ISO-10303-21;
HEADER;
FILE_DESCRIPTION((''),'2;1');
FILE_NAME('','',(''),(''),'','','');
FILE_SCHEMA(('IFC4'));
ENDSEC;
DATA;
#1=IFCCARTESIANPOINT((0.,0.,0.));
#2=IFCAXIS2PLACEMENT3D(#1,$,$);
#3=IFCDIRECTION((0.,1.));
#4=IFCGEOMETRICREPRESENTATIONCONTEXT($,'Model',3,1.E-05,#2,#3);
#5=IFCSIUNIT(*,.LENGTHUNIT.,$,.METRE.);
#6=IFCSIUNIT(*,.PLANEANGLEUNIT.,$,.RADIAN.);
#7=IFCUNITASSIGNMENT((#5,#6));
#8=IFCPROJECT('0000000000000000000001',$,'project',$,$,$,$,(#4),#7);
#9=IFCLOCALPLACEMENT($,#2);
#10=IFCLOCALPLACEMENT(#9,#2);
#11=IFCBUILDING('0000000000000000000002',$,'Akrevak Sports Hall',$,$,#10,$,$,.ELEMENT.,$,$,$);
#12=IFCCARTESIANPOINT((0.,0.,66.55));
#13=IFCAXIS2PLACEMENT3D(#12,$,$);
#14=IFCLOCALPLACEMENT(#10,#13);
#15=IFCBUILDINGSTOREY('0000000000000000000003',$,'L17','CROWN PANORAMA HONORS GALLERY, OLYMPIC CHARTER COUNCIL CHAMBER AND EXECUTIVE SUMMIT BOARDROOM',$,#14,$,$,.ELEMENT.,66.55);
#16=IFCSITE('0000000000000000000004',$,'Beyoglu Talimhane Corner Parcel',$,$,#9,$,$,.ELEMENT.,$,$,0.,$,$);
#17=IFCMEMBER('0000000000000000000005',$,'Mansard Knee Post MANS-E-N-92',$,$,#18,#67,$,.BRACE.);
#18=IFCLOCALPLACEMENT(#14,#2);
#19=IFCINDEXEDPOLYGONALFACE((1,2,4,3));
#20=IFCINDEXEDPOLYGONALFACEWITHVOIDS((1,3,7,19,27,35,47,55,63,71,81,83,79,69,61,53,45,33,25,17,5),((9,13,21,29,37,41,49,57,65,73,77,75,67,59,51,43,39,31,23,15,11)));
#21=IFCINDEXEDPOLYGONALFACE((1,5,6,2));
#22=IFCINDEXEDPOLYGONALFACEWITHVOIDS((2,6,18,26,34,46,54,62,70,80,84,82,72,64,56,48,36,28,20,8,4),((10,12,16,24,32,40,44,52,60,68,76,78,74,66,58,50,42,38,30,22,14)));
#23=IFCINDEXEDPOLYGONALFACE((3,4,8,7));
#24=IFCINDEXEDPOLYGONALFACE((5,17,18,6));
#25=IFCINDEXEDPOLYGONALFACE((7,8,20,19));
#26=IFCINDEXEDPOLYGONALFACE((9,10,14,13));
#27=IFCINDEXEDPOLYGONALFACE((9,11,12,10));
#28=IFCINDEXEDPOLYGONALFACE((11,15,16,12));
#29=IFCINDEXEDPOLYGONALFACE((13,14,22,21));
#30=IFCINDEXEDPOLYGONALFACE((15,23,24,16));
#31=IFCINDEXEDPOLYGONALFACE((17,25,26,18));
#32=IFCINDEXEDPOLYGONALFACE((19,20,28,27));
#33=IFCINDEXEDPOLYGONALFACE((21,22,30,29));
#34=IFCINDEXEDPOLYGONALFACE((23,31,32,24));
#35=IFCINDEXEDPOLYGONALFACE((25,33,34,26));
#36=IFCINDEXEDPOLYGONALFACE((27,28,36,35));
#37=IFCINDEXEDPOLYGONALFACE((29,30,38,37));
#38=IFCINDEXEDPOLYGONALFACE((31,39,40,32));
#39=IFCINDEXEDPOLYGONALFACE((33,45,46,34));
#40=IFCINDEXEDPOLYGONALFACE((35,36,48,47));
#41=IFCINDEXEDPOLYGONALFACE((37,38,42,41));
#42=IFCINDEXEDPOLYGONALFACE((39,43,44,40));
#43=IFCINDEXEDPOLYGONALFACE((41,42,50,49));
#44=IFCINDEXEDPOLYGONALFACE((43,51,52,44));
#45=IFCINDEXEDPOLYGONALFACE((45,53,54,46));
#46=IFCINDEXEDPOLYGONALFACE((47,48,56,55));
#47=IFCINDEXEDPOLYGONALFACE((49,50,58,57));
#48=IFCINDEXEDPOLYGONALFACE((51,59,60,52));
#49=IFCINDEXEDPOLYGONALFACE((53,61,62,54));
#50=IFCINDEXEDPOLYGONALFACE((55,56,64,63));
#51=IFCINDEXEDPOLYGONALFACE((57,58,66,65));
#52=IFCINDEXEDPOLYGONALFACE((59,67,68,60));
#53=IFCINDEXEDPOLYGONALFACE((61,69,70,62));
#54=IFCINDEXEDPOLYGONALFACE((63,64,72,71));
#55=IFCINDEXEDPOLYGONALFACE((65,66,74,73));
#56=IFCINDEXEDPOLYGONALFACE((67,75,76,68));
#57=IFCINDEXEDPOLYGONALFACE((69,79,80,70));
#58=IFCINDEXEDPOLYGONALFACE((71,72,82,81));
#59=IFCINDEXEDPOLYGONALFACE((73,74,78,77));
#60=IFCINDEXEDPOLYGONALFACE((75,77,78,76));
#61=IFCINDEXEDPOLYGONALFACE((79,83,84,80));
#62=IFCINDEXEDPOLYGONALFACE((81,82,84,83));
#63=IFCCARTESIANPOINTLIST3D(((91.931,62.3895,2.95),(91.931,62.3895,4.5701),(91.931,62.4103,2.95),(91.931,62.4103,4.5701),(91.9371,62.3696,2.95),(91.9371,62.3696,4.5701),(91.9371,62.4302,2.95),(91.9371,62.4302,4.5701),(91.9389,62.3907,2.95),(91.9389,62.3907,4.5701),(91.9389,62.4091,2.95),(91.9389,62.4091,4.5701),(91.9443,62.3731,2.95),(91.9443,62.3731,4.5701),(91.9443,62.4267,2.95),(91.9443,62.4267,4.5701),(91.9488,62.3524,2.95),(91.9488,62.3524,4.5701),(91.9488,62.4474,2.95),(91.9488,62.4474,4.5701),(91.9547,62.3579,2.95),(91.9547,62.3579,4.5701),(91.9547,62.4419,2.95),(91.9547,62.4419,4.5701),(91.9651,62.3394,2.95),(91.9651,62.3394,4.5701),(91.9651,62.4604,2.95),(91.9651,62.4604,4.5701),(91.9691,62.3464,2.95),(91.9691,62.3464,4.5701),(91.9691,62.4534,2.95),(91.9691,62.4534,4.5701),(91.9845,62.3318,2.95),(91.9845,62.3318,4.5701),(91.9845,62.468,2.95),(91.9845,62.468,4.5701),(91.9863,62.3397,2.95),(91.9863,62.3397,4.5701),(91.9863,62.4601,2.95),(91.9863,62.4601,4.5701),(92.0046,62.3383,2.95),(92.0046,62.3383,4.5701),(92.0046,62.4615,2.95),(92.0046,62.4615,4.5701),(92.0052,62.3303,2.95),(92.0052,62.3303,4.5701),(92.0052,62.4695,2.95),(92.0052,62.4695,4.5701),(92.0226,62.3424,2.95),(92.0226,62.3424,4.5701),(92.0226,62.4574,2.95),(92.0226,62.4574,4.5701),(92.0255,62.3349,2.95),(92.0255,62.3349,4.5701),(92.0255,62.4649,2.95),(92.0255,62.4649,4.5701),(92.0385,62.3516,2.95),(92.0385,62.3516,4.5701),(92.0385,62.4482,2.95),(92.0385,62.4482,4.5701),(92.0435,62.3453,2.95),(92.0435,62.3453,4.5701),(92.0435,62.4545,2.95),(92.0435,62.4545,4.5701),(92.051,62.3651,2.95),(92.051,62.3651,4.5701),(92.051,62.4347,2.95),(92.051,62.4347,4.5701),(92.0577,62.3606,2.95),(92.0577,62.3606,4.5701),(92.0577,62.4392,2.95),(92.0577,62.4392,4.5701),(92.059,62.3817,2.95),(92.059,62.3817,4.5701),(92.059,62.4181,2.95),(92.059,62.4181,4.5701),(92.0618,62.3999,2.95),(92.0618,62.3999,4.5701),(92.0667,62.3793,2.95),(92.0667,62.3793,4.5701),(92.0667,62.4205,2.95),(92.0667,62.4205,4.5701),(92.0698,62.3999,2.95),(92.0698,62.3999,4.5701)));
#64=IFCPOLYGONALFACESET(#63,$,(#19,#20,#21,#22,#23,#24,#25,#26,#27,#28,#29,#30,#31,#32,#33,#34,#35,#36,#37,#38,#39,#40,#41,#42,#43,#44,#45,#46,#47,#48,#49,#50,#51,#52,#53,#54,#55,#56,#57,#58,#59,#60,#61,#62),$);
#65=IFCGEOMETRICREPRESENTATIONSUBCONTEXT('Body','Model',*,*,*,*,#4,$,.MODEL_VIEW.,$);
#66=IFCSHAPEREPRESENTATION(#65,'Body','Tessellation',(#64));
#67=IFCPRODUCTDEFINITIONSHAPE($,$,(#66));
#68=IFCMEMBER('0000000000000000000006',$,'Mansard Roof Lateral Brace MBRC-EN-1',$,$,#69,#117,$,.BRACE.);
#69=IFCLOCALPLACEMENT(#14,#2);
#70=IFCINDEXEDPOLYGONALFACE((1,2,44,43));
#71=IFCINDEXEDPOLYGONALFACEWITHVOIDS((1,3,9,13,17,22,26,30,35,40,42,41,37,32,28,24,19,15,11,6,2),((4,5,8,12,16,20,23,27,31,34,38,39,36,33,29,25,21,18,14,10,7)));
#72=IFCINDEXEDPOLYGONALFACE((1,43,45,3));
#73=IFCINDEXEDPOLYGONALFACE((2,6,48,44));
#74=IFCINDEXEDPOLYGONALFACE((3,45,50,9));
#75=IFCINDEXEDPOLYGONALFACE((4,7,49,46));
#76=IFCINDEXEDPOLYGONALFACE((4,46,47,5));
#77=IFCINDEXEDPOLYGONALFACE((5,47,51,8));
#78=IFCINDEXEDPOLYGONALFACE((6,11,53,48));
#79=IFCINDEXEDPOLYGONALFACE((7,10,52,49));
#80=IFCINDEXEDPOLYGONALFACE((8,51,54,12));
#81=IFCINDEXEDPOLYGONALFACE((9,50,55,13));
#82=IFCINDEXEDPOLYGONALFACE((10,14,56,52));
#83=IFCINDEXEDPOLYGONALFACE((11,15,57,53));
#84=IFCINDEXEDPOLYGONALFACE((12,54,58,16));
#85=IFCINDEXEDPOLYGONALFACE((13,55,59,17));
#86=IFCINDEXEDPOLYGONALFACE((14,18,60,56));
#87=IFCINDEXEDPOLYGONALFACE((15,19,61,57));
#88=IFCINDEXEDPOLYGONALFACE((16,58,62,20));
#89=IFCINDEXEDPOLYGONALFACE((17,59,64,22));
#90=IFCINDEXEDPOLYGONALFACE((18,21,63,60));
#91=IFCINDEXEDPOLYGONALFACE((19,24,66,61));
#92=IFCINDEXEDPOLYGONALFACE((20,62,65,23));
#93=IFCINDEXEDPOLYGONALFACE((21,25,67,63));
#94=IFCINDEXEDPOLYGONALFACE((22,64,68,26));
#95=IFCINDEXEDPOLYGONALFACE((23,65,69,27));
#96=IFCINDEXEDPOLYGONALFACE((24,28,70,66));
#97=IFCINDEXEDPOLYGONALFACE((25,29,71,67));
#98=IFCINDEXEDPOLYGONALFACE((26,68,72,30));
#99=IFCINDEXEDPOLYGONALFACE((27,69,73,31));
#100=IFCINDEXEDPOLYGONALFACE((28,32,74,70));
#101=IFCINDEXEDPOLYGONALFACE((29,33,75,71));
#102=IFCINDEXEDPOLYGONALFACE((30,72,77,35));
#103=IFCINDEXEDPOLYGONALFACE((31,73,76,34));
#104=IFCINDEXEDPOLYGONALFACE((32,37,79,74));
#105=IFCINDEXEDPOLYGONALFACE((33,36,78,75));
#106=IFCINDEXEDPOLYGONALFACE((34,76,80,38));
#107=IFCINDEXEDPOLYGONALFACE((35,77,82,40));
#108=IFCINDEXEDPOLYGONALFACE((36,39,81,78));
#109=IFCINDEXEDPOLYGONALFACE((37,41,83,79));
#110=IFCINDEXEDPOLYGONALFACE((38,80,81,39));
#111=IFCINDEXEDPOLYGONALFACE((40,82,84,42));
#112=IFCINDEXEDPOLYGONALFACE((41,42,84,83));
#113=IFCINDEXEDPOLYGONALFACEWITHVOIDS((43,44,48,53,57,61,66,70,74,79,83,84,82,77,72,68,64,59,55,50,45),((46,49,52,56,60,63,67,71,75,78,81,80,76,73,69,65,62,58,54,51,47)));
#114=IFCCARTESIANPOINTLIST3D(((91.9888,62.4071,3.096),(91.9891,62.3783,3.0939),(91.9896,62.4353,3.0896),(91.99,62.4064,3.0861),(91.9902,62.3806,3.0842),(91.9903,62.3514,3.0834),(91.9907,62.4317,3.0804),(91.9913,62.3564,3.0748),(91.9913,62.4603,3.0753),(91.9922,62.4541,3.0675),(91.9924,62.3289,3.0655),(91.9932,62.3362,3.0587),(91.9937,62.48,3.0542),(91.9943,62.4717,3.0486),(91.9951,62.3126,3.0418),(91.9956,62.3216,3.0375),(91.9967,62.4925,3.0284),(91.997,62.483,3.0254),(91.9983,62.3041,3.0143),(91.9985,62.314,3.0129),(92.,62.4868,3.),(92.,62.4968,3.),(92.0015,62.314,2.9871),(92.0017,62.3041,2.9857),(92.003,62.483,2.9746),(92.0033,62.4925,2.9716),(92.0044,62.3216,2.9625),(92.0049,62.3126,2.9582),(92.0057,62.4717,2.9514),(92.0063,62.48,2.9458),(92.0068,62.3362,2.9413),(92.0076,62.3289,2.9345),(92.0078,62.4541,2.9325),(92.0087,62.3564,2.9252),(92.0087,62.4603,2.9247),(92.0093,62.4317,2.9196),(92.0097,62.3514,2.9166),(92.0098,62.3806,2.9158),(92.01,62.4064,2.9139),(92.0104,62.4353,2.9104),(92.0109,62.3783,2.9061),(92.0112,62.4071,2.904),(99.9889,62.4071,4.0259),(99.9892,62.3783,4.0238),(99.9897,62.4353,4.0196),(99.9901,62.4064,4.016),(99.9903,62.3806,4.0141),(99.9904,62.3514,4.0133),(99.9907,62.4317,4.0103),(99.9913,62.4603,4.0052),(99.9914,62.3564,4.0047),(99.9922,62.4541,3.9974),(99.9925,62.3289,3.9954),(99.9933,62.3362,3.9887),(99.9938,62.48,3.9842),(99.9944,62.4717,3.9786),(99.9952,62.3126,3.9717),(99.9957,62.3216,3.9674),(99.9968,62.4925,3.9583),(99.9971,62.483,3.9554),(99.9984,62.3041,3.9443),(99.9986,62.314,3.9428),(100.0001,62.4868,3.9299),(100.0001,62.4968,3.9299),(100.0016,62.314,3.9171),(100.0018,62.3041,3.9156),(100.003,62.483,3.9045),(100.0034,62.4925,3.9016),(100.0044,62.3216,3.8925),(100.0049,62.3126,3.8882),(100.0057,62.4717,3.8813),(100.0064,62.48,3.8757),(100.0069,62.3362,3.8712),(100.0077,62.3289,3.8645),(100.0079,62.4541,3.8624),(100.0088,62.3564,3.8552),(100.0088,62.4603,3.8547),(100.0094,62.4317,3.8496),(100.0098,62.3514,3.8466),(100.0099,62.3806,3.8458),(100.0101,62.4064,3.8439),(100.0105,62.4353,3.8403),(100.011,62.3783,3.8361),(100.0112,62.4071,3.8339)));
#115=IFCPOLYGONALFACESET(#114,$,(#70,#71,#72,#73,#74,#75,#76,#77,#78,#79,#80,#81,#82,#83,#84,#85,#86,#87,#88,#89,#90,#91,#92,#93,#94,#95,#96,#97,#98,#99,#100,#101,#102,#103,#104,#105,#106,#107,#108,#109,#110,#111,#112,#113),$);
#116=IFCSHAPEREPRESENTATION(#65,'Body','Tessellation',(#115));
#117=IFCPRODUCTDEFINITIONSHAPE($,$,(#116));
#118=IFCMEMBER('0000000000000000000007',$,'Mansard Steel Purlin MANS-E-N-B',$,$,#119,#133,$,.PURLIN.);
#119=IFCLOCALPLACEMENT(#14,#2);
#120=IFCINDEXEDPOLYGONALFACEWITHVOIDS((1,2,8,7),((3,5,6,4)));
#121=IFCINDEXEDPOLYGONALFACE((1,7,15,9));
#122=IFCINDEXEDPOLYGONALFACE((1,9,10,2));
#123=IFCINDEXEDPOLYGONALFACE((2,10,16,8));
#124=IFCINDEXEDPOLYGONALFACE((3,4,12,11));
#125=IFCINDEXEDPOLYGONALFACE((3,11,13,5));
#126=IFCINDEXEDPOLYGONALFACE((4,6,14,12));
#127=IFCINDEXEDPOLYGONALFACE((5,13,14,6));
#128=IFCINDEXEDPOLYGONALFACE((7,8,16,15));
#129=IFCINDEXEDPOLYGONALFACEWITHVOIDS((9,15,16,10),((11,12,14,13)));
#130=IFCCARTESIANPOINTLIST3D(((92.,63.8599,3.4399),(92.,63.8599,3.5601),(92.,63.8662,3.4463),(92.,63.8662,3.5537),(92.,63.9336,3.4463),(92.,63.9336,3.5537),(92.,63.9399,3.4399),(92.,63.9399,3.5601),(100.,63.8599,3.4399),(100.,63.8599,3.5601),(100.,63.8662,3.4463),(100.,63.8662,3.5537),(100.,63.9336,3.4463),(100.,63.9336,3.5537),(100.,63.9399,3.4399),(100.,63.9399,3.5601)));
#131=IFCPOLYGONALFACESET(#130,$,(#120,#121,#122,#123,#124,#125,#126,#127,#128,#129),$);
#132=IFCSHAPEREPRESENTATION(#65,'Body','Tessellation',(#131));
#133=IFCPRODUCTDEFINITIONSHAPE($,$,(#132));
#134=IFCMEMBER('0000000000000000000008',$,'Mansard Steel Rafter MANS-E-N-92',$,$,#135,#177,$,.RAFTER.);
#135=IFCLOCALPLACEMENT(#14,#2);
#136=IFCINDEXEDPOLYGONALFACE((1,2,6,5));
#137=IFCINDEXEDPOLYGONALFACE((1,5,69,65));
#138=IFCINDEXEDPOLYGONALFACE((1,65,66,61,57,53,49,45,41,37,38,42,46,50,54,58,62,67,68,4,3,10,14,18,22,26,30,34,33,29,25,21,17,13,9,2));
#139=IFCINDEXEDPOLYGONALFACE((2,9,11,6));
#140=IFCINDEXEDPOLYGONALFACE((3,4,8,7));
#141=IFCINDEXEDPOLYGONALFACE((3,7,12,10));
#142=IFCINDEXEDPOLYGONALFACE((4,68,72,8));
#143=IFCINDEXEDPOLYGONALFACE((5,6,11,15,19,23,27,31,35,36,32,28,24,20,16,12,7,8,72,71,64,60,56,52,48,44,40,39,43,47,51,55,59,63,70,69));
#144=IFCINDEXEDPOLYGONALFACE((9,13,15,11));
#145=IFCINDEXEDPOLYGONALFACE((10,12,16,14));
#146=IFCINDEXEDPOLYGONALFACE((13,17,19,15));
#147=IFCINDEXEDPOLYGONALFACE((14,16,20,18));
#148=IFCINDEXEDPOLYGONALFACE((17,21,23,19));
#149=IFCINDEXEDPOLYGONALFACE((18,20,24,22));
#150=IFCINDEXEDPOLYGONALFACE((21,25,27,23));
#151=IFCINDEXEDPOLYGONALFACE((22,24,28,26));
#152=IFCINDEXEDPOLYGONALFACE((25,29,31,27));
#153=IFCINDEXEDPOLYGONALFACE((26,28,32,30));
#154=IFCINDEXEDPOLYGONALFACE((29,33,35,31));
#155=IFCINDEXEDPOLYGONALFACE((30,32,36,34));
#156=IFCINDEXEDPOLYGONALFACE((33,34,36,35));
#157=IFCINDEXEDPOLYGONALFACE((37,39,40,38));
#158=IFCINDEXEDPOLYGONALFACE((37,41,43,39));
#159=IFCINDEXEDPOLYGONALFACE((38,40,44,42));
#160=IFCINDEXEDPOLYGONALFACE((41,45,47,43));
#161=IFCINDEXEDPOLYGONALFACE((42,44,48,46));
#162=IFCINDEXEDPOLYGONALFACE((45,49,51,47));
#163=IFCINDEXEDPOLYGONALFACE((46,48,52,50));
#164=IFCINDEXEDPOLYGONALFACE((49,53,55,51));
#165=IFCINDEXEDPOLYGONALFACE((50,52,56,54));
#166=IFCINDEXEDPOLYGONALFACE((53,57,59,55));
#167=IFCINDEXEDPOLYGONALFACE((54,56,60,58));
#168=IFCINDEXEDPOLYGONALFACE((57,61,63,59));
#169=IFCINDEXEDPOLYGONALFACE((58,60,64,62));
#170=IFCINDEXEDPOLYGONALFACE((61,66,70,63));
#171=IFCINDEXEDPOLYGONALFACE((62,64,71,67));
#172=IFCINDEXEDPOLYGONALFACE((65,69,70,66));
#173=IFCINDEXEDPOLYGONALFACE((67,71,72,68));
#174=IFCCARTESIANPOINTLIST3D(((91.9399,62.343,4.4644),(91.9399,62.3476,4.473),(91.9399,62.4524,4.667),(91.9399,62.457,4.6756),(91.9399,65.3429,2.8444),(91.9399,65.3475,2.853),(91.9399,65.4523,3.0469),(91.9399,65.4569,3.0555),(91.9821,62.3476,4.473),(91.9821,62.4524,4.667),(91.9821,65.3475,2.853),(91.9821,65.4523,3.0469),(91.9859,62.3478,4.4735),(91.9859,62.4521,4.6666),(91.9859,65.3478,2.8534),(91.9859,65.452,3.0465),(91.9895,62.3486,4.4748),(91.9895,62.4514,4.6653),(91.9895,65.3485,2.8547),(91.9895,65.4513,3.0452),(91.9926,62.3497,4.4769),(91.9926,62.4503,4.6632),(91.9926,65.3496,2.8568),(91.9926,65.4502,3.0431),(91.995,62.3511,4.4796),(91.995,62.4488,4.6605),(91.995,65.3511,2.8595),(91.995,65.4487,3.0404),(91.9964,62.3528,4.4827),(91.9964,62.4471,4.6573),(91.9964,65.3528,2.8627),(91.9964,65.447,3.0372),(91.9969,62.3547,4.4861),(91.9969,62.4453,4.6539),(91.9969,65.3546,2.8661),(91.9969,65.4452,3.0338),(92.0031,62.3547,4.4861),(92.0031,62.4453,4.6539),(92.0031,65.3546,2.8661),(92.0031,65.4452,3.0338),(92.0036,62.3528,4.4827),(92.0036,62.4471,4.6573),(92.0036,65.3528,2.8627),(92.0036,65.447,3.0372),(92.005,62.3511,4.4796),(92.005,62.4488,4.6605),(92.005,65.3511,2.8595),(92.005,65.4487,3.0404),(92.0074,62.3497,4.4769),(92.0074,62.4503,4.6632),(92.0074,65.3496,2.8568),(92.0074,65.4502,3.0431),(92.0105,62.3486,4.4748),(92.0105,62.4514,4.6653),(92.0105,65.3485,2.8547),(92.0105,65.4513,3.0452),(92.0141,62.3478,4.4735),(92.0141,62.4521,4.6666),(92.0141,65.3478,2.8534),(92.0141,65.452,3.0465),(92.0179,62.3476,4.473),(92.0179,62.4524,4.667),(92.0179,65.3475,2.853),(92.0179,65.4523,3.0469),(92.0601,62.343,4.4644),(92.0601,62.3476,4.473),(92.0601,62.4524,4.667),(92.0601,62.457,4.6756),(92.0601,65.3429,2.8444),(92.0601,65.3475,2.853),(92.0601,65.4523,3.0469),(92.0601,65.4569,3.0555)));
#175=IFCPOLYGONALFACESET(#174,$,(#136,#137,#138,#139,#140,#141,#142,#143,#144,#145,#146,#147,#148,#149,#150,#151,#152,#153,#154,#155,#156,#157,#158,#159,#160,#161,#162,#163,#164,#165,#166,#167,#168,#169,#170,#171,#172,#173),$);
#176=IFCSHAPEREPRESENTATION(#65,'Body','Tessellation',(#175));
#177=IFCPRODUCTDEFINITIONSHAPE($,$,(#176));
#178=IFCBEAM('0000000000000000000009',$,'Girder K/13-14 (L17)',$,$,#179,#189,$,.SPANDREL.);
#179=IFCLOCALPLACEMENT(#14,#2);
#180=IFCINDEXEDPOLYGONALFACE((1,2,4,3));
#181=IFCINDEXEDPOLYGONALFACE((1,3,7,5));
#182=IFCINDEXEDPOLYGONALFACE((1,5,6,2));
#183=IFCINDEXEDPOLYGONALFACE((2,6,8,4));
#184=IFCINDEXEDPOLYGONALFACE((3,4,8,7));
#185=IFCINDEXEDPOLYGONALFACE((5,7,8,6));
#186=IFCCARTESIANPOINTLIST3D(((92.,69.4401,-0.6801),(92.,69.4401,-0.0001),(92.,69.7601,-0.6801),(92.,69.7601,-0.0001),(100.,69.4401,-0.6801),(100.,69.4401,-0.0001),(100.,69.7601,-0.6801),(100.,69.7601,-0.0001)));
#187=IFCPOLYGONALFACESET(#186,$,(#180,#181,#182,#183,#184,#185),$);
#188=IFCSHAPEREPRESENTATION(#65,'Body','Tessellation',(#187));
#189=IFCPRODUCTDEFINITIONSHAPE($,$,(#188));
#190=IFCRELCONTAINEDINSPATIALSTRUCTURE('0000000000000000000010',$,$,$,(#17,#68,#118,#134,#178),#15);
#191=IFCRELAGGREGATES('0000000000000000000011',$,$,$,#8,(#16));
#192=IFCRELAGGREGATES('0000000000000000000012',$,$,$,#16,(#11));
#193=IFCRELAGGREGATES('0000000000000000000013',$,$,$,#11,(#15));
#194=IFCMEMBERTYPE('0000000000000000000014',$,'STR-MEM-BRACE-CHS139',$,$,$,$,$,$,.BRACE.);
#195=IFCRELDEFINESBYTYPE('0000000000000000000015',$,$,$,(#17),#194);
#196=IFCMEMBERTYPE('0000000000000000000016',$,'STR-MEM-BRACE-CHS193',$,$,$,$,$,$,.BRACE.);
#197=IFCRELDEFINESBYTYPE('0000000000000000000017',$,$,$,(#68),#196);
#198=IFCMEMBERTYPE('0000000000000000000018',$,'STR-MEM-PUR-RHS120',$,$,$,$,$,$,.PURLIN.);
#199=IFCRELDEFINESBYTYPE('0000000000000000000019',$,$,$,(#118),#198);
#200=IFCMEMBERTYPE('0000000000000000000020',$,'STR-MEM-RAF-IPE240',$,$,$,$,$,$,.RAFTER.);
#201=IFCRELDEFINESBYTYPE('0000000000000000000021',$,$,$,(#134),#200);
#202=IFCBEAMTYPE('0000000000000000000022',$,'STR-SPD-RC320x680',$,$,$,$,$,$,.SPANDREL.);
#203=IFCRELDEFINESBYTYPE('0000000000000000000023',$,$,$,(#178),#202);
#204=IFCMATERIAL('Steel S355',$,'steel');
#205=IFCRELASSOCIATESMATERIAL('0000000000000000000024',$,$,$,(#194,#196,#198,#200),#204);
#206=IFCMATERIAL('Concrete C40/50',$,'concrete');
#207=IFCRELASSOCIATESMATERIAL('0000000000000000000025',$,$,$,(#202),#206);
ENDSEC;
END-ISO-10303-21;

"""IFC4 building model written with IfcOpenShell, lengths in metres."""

from ifc_helpers import new_model, si_unit, direction, frame, origin, origin_2d, place, context, subcontext, project, spatial, rectangle, hollow_rectangle, hollow_circle, i_section, extrude, material, material_profile, profile_set, type_object, element, save


model = new_model("IFC4")

# Units and contexts
model_context = context("Model", 3, precision=1e-05, world=origin(), true_north=direction((0.0, 1.0)))
body_context = subcontext(model_context, "Body", "Model", "MODEL_VIEW")
ifc_project = project(units=[si_unit("LENGTHUNIT", "METRE"), si_unit("PLANEANGLEUNIT", "RADIAN")], contexts=[model_context])

# Site, building, storey
site_placement = place(None, origin())
site = spatial("IfcSite", under=ifc_project, at=site_placement, Name="Beyoglu Talimhane Corner Parcel", CompositionType="ELEMENT", RefElevation=0.0)
building_placement = place(site_placement, origin())
building = spatial("IfcBuilding", under=site, at=building_placement, Name="Akrevak Sports Hall", CompositionType="ELEMENT")
storey_placement = place(building_placement, frame((0.0, 0.0, 66.55)))
storey = spatial("IfcBuildingStorey", under=building, at=storey_placement, Name="L17", Description="CROWN PANORAMA HONORS GALLERY, OLYMPIC CHARTER COUNCIL CHAMBER AND EXECUTIVE SUMMIT BOARDROOM", CompositionType="ELEMENT", Elevation=66.55)

# Shared definitions
ifc_material_1 = material(Name="Concrete C40/50", Category="concrete")

# Members
ifc_material_2 = material(Name="Steel S355", Category="steel")
ifc_material_profile_1 = material_profile(ifc_material_2, hollow_circle(Radius=0.0698, WallThickness=0.0081, at=origin_2d()), Name="CHS 139.7x8", Category="steel")
ifc_profile_set_1 = profile_set([ifc_material_profile_1], Name="Steel S355")
member_type_1 = type_object("IfcMemberType", Name="STR-MEM-BRACE-CHS139", PredefinedType="BRACE", material=ifc_profile_set_1)
member_1_placement = place(storey_placement, frame((92.0, 62.3999, 2.95), z_axis=(0.0, 0.0, 1.0), x_axis=(1.0, 0.0, 0.0)))
element("IfcMember", 1, at=member_1_placement, inside=storey, type_object=member_type_1, Name="Mansard Knee Post MANS-E-N-92", PredefinedType="BRACE", context=body_context, shape_type="SweptSolid", body=[
    extrude(hollow_circle(Radius=0.0698, WallThickness=0.0081, at=origin_2d()), origin(), (0.0, 0.0, 1.0), 1.6201),
])
ifc_material_profile_2 = material_profile(ifc_material_2, hollow_circle(Radius=0.0969, WallThickness=0.01, at=origin_2d()), Name="CHS 193.7x10", Category="steel")
ifc_profile_set_2 = profile_set([ifc_material_profile_2], Name="Steel S355")
member_type_2 = type_object("IfcMemberType", Name="STR-MEM-BRACE-CHS193", PredefinedType="BRACE", material=ifc_profile_set_2)
member_2_placement = place(storey_placement, frame((92.0, 62.3999, 3.0), z_axis=(0.993312, 0.0, 0.115464), x_axis=(0.0, 1.0, 0.0)))
element("IfcMember", 2, at=member_2_placement, inside=storey, type_object=member_type_2, Name="Mansard Roof Lateral Brace MBRC-EN-1", PredefinedType="BRACE", context=body_context, shape_type="SweptSolid", body=[
    extrude(hollow_circle(Radius=0.0969, WallThickness=0.01, at=origin_2d()), origin(), (0.0, 0.0, 1.0), 8.054),
])
ifc_material_profile_3 = material_profile(ifc_material_2, hollow_rectangle(XDim=0.0801, YDim=0.1201, WallThickness=0.0063, at=origin_2d()), Name="RHS 120x80x6.3", Category="steel")
ifc_profile_set_3 = profile_set([ifc_material_profile_3], Name="Steel S355")
member_type_3 = type_object("IfcMemberType", Name="STR-MEM-PUR-RHS120", PredefinedType="PURLIN", material=ifc_profile_set_3)
member_3_placement = place(storey_placement, frame((92.0, 63.8999, 3.5), z_axis=(1.0, 0.0, 0.0), x_axis=(0.0, 1.0, 0.0)))
element("IfcMember", 3, at=member_3_placement, inside=storey, type_object=member_type_3, Name="Mansard Steel Purlin MANS-E-N-B", PredefinedType="PURLIN", context=body_context, shape_type="SweptSolid", body=[
    extrude(hollow_rectangle(XDim=0.0801, YDim=0.1201, WallThickness=0.0063, at=origin_2d()), origin(), (0.0, 0.0, 1.0), 8.0),
])
ifc_material_profile_4 = material_profile(ifc_material_2, i_section(OverallWidth=0.1201, OverallDepth=0.24, WebThickness=0.0061, FlangeThickness=0.0098, FilletRadius=0.0149, at=origin_2d()), Name="IPE 240", Category="steel")
ifc_profile_set_4 = profile_set([ifc_material_profile_4], Name="Steel S355")
member_type_4 = type_object("IfcMemberType", Name="STR-MEM-RAF-IPE240", PredefinedType="RAFTER", material=ifc_profile_set_4)
member_4_placement = place(storey_placement, frame((92.0, 65.3999, 2.95), z_axis=(0.0, -0.879891, 0.475176), x_axis=(1.0, 0.0, 0.0)))
element("IfcMember", 4, at=member_4_placement, inside=storey, type_object=member_type_4, Name="Mansard Steel Rafter MANS-E-N-92", PredefinedType="RAFTER", context=body_context, shape_type="SweptSolid", body=[
    extrude(i_section(OverallWidth=0.1201, OverallDepth=0.24, WebThickness=0.0061, FlangeThickness=0.0098, FilletRadius=0.0149, at=origin_2d()), origin(), (0.0, 0.0, 1.0), 3.4094),
])

# Beam
ifc_material_profile_5 = material_profile(ifc_material_1, rectangle(XDim=0.3201, YDim=0.6799, at=origin_2d()), Name="SPD 320x680", Category="concrete")
ifc_profile_set_5 = profile_set([ifc_material_profile_5], Name="Concrete C40/50")
beam_type_1 = type_object("IfcBeamType", Name="STR-SPD-RC320x680", PredefinedType="SPANDREL", material=ifc_profile_set_5)
for number, where, z_axis, x_axis, name in (
    (5, (92.0, 69.6001, -0.3401), (1.0, 0.0, 0.0), (0.0, 1.0, 0.0), "Girder K/13-14 (L17)"),
):
    element("IfcBeam", number, at=place(storey_placement, frame(where, z_axis=z_axis, x_axis=x_axis)), inside=storey, type_object=beam_type_1, Name=name, PredefinedType="SPANDREL", context=body_context, shape_type="SweptSolid", body=[
        extrude(rectangle(XDim=0.3201, YDim=0.6799, at=origin_2d()), origin(), (0.0, 0.0, 1.0), 8.0),
    ])

save(model, "model.ifc")
